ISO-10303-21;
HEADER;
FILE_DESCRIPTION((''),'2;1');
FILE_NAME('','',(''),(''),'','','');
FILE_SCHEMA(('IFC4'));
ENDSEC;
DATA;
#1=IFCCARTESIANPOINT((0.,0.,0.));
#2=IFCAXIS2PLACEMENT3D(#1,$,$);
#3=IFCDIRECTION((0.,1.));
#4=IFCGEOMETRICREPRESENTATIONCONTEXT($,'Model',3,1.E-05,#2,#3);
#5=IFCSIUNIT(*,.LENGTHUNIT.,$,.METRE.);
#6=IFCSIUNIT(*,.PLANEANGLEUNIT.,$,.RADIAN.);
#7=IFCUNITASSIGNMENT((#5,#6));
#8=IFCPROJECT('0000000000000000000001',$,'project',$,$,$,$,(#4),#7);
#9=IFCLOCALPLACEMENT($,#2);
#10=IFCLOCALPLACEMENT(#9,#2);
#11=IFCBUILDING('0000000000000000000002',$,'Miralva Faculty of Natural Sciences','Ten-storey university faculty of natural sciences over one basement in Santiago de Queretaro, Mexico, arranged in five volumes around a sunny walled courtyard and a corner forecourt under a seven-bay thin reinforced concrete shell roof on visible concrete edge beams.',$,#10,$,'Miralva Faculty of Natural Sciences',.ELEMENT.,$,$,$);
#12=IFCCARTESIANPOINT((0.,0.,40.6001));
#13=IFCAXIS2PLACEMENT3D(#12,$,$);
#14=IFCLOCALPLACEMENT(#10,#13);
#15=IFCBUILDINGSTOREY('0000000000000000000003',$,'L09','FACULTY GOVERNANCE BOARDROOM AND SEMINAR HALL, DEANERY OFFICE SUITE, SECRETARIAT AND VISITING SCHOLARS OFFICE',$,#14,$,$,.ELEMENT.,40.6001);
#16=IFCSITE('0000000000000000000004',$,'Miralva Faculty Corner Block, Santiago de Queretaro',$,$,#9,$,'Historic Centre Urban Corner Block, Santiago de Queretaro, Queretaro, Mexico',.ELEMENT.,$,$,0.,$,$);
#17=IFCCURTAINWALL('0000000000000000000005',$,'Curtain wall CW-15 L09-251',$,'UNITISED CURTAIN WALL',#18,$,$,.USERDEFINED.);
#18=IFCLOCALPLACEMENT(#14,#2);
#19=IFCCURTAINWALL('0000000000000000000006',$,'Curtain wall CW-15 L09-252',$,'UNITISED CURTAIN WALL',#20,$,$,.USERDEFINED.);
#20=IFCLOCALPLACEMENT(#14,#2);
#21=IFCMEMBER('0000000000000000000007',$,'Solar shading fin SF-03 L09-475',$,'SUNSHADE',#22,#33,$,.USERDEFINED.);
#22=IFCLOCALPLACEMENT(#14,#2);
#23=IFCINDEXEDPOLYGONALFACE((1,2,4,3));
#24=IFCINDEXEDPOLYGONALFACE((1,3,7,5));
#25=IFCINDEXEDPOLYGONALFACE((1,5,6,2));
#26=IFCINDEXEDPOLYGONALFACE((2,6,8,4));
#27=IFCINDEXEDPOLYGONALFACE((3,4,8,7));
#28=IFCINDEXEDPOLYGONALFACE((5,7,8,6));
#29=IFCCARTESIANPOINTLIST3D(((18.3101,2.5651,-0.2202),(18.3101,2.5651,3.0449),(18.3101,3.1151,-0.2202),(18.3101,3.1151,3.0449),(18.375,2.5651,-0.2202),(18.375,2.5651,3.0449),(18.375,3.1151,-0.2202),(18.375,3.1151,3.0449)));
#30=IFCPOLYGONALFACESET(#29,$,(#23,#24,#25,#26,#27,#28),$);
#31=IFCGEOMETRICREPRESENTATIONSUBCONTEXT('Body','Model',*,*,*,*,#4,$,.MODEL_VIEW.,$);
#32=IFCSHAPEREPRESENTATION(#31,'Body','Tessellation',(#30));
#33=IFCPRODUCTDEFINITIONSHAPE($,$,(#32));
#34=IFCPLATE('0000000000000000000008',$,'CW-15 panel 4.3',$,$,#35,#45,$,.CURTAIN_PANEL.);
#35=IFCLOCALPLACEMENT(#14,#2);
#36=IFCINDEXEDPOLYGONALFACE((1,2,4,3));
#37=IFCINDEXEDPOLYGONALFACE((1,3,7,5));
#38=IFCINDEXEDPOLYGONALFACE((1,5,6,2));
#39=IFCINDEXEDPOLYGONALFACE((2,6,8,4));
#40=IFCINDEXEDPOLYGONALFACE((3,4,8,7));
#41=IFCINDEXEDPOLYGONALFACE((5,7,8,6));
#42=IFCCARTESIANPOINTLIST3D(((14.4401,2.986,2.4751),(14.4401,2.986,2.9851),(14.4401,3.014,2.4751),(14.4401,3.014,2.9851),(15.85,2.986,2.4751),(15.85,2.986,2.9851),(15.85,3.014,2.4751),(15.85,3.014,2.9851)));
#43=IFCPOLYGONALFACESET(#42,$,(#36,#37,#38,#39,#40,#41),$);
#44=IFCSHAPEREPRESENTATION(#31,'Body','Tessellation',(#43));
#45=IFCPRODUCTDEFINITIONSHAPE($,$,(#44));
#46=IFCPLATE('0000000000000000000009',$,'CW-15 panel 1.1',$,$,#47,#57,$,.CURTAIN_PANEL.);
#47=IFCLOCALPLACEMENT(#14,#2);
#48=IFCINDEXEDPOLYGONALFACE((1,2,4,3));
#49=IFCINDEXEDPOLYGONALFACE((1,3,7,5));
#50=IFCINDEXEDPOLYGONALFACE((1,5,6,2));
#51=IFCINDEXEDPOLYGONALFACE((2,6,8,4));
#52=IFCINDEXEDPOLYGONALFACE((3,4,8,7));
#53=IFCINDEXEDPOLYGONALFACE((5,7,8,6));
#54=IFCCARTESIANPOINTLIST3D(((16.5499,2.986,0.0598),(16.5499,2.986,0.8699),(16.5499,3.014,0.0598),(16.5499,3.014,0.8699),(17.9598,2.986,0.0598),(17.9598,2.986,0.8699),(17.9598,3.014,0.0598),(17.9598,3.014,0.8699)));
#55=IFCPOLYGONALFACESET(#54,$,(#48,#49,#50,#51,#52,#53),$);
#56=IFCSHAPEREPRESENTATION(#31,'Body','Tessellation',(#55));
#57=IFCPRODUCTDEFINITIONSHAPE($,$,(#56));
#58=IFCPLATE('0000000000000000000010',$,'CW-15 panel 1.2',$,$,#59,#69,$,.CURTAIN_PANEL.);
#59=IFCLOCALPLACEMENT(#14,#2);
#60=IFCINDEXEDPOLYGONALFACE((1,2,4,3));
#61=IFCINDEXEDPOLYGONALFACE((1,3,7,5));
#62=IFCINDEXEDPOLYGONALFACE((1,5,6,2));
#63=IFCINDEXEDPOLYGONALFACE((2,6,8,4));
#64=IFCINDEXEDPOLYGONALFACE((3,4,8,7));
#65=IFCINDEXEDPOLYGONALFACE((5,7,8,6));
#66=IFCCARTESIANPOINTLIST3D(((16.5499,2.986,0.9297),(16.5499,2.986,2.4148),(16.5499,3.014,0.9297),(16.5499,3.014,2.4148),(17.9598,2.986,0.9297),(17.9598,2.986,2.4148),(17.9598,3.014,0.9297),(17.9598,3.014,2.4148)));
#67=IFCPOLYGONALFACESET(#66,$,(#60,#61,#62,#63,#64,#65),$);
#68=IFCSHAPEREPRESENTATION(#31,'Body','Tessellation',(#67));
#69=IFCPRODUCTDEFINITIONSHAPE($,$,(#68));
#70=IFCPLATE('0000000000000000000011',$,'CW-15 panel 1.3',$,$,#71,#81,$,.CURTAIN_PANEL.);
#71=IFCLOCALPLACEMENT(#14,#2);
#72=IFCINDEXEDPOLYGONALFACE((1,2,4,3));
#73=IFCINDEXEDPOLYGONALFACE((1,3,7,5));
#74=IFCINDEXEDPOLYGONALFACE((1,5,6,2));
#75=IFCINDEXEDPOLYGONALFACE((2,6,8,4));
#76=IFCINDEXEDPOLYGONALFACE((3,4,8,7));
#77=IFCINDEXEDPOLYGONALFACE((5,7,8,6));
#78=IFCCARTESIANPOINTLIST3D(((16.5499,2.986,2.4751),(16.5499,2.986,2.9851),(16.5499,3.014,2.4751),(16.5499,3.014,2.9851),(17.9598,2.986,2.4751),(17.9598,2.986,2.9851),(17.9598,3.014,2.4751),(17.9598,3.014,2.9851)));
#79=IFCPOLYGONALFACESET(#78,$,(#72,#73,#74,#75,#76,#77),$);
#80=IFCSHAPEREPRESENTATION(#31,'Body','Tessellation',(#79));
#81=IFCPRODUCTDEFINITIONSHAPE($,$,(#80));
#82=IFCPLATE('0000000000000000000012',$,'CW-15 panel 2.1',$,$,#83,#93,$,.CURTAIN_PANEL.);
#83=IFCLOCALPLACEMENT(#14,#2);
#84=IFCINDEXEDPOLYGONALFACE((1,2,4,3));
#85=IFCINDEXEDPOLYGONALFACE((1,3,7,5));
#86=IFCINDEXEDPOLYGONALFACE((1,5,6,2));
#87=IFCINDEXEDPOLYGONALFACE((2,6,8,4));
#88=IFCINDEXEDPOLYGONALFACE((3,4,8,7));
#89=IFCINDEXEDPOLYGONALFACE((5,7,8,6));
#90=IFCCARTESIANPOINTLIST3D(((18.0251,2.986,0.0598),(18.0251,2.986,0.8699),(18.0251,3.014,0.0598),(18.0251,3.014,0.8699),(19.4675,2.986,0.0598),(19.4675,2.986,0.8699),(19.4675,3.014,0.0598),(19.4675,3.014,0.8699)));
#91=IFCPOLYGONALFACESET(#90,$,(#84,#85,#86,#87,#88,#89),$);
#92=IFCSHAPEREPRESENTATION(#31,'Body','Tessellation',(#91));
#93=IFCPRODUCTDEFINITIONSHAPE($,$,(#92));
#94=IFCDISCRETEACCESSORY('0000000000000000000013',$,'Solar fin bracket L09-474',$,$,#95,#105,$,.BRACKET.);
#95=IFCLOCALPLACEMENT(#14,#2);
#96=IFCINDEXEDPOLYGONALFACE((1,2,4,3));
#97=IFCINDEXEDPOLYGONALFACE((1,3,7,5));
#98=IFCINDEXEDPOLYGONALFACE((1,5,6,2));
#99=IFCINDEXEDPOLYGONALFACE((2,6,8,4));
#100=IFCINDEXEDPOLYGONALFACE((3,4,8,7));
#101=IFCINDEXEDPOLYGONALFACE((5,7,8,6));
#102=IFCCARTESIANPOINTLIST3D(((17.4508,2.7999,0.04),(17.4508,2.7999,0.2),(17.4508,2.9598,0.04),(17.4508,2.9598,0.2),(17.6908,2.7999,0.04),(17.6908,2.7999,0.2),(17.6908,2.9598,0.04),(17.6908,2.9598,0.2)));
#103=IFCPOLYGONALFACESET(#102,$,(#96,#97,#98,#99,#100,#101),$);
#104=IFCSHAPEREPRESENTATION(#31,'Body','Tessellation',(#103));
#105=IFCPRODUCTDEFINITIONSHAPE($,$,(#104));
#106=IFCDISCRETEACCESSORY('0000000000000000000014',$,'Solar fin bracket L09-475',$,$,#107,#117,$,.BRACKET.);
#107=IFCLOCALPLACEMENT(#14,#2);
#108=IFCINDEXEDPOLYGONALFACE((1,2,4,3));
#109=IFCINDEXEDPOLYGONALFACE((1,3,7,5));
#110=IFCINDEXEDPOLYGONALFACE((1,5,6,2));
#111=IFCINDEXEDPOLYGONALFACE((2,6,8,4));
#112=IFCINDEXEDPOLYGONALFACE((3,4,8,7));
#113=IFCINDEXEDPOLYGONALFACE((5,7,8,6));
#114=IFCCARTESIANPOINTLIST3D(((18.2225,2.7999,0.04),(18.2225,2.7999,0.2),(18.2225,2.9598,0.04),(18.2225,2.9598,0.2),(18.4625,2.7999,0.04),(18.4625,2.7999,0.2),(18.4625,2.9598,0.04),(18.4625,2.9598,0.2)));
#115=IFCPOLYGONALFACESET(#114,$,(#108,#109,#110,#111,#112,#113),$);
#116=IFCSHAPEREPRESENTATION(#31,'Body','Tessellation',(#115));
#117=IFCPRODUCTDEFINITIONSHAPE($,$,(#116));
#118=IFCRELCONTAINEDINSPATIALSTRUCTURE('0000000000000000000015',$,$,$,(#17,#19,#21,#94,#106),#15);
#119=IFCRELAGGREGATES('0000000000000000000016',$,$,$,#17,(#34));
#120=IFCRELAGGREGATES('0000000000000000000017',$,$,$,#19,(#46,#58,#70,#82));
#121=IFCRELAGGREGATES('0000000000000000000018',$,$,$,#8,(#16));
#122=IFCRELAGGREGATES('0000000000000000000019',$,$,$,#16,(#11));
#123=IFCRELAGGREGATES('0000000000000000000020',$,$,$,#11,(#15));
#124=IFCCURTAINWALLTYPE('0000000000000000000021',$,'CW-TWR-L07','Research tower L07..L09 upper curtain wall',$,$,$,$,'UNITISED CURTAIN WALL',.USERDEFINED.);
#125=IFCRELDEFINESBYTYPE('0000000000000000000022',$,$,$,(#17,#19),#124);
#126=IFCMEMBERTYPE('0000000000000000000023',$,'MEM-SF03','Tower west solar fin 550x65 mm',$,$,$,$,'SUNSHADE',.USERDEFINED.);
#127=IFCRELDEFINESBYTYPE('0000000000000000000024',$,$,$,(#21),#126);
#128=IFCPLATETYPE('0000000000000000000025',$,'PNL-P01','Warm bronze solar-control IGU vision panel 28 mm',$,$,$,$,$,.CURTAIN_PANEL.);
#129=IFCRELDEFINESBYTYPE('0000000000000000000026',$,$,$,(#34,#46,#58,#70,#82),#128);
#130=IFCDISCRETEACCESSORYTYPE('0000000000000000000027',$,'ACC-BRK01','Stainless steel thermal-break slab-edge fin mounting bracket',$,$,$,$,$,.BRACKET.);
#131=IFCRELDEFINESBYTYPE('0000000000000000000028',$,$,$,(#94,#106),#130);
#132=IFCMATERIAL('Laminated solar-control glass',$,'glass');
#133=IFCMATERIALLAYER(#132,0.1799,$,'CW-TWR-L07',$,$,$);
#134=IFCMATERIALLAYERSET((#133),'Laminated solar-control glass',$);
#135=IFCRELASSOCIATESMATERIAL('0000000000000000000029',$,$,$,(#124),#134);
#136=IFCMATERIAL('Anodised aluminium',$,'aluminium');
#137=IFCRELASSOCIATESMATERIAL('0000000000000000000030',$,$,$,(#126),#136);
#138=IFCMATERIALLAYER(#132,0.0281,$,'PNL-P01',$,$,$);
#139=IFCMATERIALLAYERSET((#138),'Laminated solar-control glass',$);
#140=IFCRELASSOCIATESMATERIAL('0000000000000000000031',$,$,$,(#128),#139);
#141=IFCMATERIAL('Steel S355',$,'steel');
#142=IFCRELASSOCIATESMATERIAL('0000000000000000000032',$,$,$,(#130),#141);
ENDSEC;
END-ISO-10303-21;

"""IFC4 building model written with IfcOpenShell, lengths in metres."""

from ifc_helpers import new_model, si_unit, direction, frame, origin, origin_2d, place, context, subcontext, project, spatial, rectangle, extrude, material, layer, layer_set, material_profile, profile_set, type_object, element, aggregate, save


model = new_model("IFC4")

# Units and contexts
model_context = context("Model", 3, precision=1e-05, world=origin(), true_north=direction((0.0, 1.0)))
body_context = subcontext(model_context, "Body", "Model", "MODEL_VIEW")
ifc_project = project(units=[si_unit("LENGTHUNIT", "METRE"), si_unit("PLANEANGLEUNIT", "RADIAN")], contexts=[model_context])

# Site, building, storey
site_placement = place(None, origin())
site = spatial("IfcSite", under=ifc_project, at=site_placement, Name="Miralva Faculty Corner Block, Santiago de Queretaro", LongName="Historic Centre Urban Corner Block, Santiago de Queretaro, Queretaro, Mexico", CompositionType="ELEMENT", RefElevation=0.0)
building_placement = place(site_placement, origin())
building = spatial("IfcBuilding", under=site, at=building_placement, Name="Miralva Faculty of Natural Sciences", Description="Ten-storey university faculty of natural sciences over one basement in Santiago de Queretaro, Mexico, arranged in five volumes around a sunny walled courtyard and a corner forecourt under a seven-bay thin reinforced concrete shell roof on visible concrete edge beams.", LongName="Miralva Faculty of Natural Sciences", CompositionType="ELEMENT")
storey_placement = place(building_placement, frame((0.0, 0.0, 40.6001)))
storey = spatial("IfcBuildingStorey", under=building, at=storey_placement, Name="L09", Description="FACULTY GOVERNANCE BOARDROOM AND SEMINAR HALL, DEANERY OFFICE SUITE, SECRETARIAT AND VISITING SCHOLARS OFFICE", CompositionType="ELEMENT", Elevation=40.6001)

# Curtain wall
ifc_material_1 = material(Name="Laminated solar-control glass", Category="glass")
ifc_layer_1 = layer(ifc_material_1, 0.1799, Name="CW-TWR-L07")
ifc_layer_set_1 = layer_set([ifc_layer_1], Name="Laminated solar-control glass")
curtain_wall_type = type_object("IfcCurtainWallType", Name="CW-TWR-L07", Description="Research tower L07..L09 upper curtain wall", ElementType="UNITISED CURTAIN WALL", PredefinedType="USERDEFINED", material=ifc_layer_set_1)
curtain_wall_1_placement = place(storey_placement, origin())
curtain_wall_1 = element("IfcCurtainWall", 1, at=curtain_wall_1_placement, inside=storey, type_object=curtain_wall_type, Name="Curtain wall CW-15 L09-251", ObjectType="UNITISED CURTAIN WALL", PredefinedType="USERDEFINED")
ifc_material_2 = material(Name="Anodised aluminium", Category="aluminium")

# Curtain wall
curtain_wall_2_placement = place(storey_placement, origin())
curtain_wall_2 = element("IfcCurtainWall", 2, at=curtain_wall_2_placement, inside=storey, type_object=curtain_wall_type, Name="Curtain wall CW-15 L09-252", ObjectType="UNITISED CURTAIN WALL", PredefinedType="USERDEFINED")

# Member
ifc_material_profile_1 = material_profile(ifc_material_2, rectangle(XDim=0.0649, YDim=0.55, at=origin_2d()), Name="FIN 550x65")
ifc_profile_set_1 = profile_set([ifc_material_profile_1], Name="Anodised aluminium")
member_type_1 = type_object("IfcMemberType", Name="MEM-SF03", Description="Tower west solar fin 550x65 mm", ElementType="SUNSHADE", PredefinedType="USERDEFINED", material=ifc_profile_set_1)
for number, where, z_axis, x_axis, name in (
    (3, (18.3425, 2.8401, -0.2202), (0.0, 0.0, 1.0), (1.0, 0.0, 0.0), "Solar shading fin SF-03 L09-475"),
):
    element("IfcMember", number, at=place(storey_placement, frame(where, z_axis=z_axis, x_axis=x_axis)), inside=storey, type_object=member_type_1, Name=name, ObjectType="SUNSHADE", PredefinedType="USERDEFINED", context=body_context, shape_type="SweptSolid", body=[
        extrude(rectangle(XDim=0.0649, YDim=0.55, at=origin_2d()), origin(), (0.0, 0.0, 1.0), 3.2651),
    ])

# Plates
ifc_layer_2 = layer(ifc_material_1, 0.0281, Name="PNL-P01")
ifc_layer_set_2 = layer_set([ifc_layer_2], Name="Laminated solar-control glass")
plate_type = type_object("IfcPlateType", Name="PNL-P01", Description="Warm bronze solar-control IGU vision panel 28 mm", PredefinedType="CURTAIN_PANEL", material=ifc_layer_set_2)
plate_1_placement = place(storey_placement, frame((15.145, 3.0, 2.4751), z_axis=(0.0, 0.0, 1.0), x_axis=(1.0, 0.0, 0.0)))
plate_1 = element("IfcPlate", 4, at=plate_1_placement, type_object=plate_type, Name="CW-15 panel 4.3", PredefinedType="CURTAIN_PANEL", context=body_context, shape_type="SweptSolid", body=[
    extrude(rectangle(XDim=1.4099, YDim=0.0281, at=origin_2d()), origin(), (0.0, 0.0, 1.0), 0.51),
])
aggregate(curtain_wall_1, [plate_1])
plate_2_placement = place(storey_placement, frame((17.2549, 3.0, 0.0598), z_axis=(0.0, 0.0, 1.0), x_axis=(1.0, 0.0, 0.0)))
plate_2 = element("IfcPlate", 5, at=plate_2_placement, type_object=plate_type, Name="CW-15 panel 1.1", PredefinedType="CURTAIN_PANEL", context=body_context, shape_type="SweptSolid", body=[
    extrude(rectangle(XDim=1.4099, YDim=0.0281, at=origin_2d()), origin(), (0.0, 0.0, 1.0), 0.8101),
])
plate_3_placement = place(storey_placement, frame((17.2549, 3.0, 0.9297), z_axis=(0.0, 0.0, 1.0), x_axis=(1.0, 0.0, 0.0)))
plate_3 = element("IfcPlate", 6, at=plate_3_placement, type_object=plate_type, Name="CW-15 panel 1.2", PredefinedType="CURTAIN_PANEL", context=body_context, shape_type="SweptSolid", body=[
    extrude(rectangle(XDim=1.4099, YDim=0.0281, at=origin_2d()), origin(), (0.0, 0.0, 1.0), 1.4851),
])
plate_4_placement = place(storey_placement, frame((17.2549, 3.0, 2.4751), z_axis=(0.0, 0.0, 1.0), x_axis=(1.0, 0.0, 0.0)))
plate_4 = element("IfcPlate", 7, at=plate_4_placement, type_object=plate_type, Name="CW-15 panel 1.3", PredefinedType="CURTAIN_PANEL", context=body_context, shape_type="SweptSolid", body=[
    extrude(rectangle(XDim=1.4099, YDim=0.0281, at=origin_2d()), origin(), (0.0, 0.0, 1.0), 0.51),
])
plate_5_placement = place(storey_placement, frame((18.7463, 3.0, 0.0598), z_axis=(0.0, 0.0, 1.0), x_axis=(1.0, 0.0, 0.0)))
plate_5 = element("IfcPlate", 8, at=plate_5_placement, type_object=plate_type, Name="CW-15 panel 2.1", PredefinedType="CURTAIN_PANEL", context=body_context, shape_type="SweptSolid", body=[
    extrude(rectangle(XDim=1.4424, YDim=0.0281, at=origin_2d()), origin(), (0.0, 0.0, 1.0), 0.8101),
])
aggregate(curtain_wall_2, [plate_2, plate_3, plate_4, plate_5])

# Discrete accessories
ifc_material_3 = material(Name="Steel S355", Category="steel")
discrete_accessory_type = type_object("IfcDiscreteAccessoryType", Name="ACC-BRK01", Description="Stainless steel thermal-break slab-edge fin mounting bracket", PredefinedType="BRACKET", material=ifc_material_3)
for number, where, z_axis, x_axis, name in (
    (9, (17.5708, 2.8799, 0.04), (0.0, 0.0, 1.0), (0.0, -1.0, 0.0), "Solar fin bracket L09-474"),
    (10, (18.3425, 2.8799, 0.04), (0.0, 0.0, 1.0), (0.0, -1.0, 0.0), "Solar fin bracket L09-475"),
):
    element("IfcDiscreteAccessory", number, at=place(storey_placement, frame(where, z_axis=z_axis, x_axis=x_axis)), inside=storey, type_object=discrete_accessory_type, Name=name, PredefinedType="BRACKET", context=body_context, shape_type="SweptSolid", body=[
        extrude(rectangle(XDim=0.1599, YDim=0.24, at=origin_2d()), origin(), (0.0, 0.0, 1.0), 0.1599),
    ])

save(model, "model.ifc")
